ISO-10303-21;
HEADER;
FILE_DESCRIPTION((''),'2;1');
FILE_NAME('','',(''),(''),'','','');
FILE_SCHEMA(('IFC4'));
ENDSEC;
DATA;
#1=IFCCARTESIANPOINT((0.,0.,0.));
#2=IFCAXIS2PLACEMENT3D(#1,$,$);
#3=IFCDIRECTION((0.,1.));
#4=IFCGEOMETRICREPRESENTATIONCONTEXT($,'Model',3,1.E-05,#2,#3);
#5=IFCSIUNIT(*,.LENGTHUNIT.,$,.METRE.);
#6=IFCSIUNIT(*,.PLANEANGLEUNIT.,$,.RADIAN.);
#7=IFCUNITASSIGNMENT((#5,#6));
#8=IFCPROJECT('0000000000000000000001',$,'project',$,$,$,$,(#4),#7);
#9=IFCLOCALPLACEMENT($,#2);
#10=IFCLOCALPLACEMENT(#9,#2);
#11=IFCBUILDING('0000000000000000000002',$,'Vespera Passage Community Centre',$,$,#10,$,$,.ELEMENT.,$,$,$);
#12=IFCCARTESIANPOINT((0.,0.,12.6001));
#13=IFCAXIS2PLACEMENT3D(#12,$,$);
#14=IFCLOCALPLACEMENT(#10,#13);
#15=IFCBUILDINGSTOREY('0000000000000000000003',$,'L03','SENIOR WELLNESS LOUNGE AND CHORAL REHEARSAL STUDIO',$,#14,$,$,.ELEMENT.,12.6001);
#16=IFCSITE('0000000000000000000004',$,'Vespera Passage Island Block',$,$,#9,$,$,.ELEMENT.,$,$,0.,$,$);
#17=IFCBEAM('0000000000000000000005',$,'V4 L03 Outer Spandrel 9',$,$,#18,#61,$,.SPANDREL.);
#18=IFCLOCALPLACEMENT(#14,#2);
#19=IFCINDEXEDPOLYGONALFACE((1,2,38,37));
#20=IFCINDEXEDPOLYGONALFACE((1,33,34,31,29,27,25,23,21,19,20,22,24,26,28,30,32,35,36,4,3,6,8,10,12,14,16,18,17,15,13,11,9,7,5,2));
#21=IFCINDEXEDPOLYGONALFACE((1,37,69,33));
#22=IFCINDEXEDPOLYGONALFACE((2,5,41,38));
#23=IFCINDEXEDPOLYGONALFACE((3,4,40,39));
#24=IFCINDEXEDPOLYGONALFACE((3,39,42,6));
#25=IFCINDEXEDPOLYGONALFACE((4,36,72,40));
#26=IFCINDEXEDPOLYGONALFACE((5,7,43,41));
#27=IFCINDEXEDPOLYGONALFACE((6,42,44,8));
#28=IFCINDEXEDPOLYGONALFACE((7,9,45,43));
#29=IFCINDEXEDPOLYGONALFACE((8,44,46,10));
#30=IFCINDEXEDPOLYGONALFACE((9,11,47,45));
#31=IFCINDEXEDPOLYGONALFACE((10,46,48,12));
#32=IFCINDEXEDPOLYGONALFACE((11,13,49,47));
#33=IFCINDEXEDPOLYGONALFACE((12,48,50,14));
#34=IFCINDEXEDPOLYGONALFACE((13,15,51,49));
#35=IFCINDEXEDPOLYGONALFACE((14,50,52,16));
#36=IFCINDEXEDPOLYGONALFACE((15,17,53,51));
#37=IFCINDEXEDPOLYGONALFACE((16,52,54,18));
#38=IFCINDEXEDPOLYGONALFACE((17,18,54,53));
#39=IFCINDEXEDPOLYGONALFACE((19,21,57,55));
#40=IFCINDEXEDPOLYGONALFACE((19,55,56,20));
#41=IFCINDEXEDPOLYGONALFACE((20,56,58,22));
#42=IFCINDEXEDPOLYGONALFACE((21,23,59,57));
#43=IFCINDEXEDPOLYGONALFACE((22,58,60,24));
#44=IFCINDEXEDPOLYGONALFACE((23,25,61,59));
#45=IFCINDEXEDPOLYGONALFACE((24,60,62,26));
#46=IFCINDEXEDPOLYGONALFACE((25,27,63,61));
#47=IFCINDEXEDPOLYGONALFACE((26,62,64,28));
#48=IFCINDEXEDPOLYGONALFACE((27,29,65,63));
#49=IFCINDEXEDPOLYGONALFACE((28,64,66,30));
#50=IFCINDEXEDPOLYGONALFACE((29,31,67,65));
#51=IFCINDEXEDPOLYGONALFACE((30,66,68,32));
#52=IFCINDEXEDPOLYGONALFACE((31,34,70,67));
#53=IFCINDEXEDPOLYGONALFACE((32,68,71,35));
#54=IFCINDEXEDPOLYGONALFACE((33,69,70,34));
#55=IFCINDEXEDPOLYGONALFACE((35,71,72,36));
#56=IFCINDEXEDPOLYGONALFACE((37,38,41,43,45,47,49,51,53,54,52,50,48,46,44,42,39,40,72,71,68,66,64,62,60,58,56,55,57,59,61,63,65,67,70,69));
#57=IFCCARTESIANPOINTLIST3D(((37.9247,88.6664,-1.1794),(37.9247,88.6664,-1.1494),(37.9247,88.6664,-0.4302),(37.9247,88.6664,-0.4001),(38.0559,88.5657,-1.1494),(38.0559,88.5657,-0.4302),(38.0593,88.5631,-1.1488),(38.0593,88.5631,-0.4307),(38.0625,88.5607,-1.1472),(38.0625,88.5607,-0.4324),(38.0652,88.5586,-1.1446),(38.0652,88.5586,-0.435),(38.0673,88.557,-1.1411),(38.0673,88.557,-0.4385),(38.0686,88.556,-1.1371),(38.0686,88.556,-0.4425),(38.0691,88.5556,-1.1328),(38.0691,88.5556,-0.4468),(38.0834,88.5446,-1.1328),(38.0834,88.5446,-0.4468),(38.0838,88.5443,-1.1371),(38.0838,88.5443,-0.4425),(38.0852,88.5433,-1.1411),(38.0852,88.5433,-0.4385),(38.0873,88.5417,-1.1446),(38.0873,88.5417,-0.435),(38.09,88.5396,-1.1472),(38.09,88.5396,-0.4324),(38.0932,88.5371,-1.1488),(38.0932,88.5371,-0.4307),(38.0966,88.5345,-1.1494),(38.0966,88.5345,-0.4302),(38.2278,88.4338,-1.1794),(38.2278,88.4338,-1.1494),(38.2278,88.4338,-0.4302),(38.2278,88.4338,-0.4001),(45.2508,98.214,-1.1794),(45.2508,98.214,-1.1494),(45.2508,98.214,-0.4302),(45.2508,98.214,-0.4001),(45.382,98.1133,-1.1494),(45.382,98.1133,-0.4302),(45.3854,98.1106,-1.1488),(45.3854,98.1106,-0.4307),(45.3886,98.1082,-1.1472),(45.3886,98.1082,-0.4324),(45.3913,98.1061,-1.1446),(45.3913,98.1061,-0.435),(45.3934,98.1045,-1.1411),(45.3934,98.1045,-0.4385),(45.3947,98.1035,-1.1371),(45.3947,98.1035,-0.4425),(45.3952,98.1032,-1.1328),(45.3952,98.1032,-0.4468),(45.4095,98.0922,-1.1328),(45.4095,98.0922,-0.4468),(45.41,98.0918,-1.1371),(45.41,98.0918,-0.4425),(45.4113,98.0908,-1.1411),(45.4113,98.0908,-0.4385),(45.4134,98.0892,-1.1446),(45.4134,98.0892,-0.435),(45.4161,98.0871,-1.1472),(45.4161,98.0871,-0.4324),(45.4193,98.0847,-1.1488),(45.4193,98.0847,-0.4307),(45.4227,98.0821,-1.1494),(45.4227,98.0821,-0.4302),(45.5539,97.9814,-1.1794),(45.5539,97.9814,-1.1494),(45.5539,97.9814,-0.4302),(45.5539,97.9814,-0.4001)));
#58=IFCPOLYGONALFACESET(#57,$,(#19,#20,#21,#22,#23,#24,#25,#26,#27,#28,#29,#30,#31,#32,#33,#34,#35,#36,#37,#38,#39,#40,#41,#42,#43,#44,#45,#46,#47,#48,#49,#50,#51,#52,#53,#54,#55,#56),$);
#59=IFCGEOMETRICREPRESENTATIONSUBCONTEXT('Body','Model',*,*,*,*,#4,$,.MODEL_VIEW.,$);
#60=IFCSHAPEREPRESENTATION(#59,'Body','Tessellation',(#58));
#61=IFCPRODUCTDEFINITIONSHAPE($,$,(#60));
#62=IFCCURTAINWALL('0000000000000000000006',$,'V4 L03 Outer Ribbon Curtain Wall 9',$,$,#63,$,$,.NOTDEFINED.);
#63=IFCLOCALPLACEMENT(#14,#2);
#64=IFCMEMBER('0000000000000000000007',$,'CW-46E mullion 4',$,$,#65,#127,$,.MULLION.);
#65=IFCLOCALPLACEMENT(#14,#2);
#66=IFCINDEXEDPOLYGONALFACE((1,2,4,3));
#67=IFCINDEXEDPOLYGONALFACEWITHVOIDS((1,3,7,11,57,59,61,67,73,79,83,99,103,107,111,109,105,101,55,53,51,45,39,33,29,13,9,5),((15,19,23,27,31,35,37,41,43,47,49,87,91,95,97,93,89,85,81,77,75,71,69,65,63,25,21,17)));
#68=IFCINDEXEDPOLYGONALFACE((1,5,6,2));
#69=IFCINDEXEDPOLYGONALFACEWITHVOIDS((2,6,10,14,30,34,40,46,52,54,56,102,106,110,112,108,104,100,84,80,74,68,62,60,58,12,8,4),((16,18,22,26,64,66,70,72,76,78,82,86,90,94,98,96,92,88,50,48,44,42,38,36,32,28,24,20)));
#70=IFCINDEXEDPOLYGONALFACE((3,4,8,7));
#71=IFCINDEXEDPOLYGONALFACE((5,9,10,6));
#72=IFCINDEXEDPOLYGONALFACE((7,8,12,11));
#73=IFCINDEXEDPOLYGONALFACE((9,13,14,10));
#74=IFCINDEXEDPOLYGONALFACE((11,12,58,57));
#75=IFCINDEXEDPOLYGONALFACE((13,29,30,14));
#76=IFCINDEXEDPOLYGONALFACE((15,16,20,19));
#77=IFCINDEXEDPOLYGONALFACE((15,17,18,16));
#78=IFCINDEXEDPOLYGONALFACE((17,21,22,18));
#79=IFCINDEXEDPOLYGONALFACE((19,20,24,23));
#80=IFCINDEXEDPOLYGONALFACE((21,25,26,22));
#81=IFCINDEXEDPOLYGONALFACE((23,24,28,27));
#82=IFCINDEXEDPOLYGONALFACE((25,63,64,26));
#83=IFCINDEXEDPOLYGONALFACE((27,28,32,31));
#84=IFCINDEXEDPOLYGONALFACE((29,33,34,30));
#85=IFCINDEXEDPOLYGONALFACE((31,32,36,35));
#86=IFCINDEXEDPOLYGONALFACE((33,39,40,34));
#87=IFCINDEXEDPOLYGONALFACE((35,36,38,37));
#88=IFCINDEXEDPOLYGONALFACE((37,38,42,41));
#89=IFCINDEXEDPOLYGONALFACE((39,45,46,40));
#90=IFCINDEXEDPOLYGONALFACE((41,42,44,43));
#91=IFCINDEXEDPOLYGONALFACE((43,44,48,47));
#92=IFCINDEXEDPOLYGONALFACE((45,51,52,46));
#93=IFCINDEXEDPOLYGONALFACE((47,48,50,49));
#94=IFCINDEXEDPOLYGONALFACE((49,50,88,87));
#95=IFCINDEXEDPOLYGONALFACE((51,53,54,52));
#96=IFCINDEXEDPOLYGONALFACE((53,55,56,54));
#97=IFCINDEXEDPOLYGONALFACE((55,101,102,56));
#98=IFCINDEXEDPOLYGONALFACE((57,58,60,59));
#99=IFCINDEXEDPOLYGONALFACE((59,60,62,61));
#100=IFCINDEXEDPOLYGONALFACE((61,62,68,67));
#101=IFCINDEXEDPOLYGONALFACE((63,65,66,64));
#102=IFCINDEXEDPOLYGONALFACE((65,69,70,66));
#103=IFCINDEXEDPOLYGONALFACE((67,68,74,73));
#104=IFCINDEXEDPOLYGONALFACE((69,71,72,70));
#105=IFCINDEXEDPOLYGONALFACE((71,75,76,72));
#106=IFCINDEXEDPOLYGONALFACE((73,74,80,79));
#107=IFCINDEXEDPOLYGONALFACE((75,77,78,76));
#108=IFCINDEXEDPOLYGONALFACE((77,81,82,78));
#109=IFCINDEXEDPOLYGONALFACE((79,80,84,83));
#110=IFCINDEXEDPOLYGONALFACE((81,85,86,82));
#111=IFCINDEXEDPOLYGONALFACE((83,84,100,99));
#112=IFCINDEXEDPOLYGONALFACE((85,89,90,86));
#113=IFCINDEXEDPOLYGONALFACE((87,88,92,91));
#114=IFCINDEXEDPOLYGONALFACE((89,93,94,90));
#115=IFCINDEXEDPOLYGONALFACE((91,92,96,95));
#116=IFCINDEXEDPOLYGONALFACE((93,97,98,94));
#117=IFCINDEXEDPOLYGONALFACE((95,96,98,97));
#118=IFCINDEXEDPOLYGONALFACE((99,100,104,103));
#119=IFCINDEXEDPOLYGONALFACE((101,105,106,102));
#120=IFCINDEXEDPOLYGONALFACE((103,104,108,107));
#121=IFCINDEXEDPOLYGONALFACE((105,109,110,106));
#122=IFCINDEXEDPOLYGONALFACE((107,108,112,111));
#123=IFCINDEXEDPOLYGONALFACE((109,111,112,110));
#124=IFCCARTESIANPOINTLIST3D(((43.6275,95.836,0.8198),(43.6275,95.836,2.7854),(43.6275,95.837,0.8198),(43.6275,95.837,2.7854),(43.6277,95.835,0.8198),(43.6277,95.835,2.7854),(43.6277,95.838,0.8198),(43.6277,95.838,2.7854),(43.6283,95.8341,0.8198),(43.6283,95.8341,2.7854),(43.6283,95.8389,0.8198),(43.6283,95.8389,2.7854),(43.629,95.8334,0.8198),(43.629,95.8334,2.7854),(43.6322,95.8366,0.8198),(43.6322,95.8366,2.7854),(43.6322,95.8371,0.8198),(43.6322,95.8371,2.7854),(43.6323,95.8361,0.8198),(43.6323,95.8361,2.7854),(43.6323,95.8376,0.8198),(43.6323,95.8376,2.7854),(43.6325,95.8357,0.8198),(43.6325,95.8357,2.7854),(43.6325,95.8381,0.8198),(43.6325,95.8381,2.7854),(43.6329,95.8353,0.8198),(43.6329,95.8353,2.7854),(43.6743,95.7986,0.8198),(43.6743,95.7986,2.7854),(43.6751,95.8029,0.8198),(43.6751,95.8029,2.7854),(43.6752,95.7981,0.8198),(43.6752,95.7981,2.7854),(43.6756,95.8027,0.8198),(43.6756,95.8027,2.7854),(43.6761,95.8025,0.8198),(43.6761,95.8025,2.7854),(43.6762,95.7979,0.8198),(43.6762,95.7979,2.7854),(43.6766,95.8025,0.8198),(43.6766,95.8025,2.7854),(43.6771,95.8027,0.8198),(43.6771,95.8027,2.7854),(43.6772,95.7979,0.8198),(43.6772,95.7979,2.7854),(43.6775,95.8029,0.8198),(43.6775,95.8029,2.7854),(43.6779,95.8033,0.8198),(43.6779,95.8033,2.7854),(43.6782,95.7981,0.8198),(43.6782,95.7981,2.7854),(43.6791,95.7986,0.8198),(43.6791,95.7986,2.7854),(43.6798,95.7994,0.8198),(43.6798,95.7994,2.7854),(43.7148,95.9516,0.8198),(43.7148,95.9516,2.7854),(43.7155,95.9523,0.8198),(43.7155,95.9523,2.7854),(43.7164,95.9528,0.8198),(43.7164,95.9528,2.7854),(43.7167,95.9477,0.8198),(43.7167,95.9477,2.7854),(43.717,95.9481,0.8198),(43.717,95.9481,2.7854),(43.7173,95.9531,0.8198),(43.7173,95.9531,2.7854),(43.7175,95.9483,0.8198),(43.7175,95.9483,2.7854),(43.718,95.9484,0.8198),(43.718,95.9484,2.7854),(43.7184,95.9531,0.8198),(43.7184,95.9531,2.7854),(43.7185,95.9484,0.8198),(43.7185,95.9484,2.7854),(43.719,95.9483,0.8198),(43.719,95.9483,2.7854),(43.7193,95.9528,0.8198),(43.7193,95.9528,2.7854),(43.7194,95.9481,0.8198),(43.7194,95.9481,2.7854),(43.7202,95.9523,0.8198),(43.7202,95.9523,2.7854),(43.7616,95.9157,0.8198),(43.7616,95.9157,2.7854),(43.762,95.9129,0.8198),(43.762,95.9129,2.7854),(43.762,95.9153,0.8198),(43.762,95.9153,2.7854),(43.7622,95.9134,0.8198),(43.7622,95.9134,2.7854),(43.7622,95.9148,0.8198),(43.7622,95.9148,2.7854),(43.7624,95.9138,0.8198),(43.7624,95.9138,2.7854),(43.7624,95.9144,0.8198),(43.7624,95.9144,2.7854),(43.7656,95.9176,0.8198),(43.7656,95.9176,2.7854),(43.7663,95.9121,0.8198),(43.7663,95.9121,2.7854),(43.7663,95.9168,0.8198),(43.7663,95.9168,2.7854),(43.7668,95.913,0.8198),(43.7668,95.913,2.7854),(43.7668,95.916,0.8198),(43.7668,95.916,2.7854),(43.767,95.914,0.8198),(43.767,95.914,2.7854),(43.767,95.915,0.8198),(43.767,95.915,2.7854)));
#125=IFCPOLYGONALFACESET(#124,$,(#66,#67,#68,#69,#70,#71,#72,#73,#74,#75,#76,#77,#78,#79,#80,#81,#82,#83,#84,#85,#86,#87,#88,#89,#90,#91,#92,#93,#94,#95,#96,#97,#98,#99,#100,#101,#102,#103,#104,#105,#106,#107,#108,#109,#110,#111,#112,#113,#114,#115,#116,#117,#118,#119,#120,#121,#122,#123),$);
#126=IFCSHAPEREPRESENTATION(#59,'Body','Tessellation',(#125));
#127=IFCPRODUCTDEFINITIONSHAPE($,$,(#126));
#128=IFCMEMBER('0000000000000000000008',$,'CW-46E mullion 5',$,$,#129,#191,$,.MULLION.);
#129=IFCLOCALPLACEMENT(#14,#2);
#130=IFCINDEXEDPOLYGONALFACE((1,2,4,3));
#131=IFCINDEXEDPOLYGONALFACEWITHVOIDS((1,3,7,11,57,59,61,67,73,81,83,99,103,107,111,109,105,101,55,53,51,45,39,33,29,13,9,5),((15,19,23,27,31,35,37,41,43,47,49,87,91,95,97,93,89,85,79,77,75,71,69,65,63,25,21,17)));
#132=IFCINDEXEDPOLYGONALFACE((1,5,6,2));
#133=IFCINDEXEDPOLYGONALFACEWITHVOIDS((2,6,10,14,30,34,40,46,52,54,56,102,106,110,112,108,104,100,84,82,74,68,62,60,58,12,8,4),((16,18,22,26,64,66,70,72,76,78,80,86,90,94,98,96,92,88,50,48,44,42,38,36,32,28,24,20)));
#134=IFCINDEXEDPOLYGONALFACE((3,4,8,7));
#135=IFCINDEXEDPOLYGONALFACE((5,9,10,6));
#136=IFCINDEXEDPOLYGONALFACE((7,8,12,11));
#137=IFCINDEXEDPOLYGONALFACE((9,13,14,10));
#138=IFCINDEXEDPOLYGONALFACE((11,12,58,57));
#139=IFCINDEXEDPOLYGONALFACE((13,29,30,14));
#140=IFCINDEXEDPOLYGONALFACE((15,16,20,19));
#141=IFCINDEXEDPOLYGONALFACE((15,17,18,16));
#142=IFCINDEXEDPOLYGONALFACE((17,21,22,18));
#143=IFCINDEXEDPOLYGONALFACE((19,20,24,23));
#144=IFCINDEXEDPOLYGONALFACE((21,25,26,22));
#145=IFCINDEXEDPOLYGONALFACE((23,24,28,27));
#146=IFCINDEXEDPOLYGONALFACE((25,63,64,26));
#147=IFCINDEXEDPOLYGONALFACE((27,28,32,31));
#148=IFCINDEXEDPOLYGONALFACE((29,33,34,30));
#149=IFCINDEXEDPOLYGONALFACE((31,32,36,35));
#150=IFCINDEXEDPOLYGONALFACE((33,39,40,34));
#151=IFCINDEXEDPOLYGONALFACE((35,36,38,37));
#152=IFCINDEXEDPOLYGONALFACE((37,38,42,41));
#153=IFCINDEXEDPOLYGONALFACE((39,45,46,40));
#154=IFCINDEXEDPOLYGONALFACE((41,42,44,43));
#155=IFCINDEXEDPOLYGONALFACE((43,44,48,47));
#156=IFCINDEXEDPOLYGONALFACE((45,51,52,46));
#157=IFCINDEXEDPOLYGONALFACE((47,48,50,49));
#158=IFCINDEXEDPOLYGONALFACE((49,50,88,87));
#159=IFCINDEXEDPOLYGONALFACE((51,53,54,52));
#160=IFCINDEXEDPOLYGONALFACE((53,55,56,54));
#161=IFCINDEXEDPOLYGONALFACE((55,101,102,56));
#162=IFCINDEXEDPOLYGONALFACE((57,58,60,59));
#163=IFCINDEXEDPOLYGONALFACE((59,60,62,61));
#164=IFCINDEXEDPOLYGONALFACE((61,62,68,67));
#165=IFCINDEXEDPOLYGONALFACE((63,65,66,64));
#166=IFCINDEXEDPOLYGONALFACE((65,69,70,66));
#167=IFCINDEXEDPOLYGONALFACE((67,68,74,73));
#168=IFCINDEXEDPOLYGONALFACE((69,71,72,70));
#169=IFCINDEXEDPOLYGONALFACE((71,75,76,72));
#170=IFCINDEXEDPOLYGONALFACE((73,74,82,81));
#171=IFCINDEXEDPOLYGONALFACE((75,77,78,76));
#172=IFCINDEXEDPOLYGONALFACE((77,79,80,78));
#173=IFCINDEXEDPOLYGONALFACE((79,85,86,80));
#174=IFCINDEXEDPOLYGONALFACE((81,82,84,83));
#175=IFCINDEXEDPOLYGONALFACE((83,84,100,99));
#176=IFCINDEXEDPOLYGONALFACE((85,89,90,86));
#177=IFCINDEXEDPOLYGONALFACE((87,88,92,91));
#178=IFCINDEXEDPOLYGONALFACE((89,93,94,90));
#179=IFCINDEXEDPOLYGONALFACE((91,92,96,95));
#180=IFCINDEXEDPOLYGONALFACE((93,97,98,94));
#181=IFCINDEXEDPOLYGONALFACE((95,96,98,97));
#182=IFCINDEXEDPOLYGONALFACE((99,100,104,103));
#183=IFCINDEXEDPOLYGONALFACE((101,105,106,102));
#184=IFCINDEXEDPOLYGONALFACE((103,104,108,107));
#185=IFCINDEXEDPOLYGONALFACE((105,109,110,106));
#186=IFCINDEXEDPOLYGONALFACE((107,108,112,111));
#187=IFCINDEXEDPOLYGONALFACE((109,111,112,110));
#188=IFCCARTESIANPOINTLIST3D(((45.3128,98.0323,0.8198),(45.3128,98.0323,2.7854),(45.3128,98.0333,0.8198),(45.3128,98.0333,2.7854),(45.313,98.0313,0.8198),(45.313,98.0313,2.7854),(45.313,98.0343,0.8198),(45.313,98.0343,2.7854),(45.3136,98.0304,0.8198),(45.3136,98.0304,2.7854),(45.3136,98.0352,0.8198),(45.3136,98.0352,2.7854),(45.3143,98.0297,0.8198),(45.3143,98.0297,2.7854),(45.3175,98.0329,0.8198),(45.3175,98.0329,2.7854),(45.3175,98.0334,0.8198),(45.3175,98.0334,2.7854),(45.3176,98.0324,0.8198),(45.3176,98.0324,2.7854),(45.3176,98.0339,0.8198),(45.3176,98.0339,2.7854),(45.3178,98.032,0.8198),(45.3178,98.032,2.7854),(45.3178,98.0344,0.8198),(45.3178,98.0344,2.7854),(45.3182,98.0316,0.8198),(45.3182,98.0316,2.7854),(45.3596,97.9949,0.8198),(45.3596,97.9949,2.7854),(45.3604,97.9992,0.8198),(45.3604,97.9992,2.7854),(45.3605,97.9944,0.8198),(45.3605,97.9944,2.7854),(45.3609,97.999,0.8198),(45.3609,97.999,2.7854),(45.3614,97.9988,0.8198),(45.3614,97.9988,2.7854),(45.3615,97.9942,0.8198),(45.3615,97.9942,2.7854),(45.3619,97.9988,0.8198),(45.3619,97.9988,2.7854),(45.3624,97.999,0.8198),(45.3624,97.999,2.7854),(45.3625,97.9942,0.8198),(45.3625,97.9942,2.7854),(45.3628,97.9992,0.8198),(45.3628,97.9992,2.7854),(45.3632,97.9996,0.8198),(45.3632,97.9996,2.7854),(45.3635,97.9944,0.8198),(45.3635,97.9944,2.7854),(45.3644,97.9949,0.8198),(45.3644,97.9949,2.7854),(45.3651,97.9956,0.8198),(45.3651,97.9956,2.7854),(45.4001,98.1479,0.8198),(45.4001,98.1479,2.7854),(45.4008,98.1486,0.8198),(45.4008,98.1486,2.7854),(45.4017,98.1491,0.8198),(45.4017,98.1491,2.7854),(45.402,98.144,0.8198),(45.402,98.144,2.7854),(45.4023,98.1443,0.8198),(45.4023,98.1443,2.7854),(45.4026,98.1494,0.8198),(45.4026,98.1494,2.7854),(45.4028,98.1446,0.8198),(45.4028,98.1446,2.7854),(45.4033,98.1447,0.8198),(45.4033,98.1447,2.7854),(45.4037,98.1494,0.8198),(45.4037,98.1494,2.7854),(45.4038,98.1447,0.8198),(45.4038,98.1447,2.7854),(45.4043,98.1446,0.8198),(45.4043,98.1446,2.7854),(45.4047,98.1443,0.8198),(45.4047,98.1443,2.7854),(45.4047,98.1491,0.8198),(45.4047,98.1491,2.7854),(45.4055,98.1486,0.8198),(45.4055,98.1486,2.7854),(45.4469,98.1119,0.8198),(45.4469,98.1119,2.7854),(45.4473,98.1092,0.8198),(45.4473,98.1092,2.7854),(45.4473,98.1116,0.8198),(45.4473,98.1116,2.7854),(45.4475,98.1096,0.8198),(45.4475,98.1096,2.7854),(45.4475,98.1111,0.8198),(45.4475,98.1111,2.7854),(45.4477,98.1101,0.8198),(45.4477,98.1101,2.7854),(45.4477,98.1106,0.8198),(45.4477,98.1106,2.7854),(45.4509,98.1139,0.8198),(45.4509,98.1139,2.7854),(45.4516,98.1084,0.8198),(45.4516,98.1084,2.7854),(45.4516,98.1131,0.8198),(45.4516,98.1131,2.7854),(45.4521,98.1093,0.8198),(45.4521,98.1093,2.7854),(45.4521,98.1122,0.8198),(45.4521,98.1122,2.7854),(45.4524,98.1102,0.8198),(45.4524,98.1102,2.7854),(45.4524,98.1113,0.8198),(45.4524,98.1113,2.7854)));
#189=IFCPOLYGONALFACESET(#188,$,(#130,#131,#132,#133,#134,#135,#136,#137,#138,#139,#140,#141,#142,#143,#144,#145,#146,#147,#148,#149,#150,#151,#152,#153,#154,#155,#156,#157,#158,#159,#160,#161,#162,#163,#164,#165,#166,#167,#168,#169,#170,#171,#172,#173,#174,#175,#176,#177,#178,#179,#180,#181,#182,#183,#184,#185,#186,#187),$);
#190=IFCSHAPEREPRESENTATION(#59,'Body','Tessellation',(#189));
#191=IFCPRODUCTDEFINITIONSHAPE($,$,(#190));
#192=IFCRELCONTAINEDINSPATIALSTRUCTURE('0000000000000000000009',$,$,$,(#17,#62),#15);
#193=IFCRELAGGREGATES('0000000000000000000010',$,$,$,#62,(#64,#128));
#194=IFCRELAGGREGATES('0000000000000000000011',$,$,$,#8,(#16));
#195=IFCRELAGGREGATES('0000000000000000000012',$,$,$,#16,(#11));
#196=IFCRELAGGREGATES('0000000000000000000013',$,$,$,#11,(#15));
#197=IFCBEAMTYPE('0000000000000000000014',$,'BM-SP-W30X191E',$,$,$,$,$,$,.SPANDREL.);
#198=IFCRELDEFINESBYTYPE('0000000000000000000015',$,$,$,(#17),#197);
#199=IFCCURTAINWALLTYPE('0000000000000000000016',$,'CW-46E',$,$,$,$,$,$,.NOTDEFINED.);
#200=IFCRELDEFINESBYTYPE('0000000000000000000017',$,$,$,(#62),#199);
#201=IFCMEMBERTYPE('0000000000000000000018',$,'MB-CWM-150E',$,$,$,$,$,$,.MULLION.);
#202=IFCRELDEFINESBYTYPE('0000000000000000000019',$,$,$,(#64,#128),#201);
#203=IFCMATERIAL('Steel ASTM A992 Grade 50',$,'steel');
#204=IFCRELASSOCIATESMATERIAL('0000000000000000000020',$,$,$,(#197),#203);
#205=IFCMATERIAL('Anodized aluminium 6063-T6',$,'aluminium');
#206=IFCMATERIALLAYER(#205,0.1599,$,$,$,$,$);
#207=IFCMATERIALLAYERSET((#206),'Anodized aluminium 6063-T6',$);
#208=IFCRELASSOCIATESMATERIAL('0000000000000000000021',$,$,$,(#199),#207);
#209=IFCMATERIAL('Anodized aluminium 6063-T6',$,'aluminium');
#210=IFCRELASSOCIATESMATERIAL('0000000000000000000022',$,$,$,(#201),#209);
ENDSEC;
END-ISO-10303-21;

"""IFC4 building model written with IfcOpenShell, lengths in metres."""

from ifc_helpers import new_model, si_unit, direction, frame, origin, origin_2d, place, context, subcontext, project, spatial, hollow_rectangle, i_section, extrude, material, layer, layer_set, material_profile, profile_set, type_object, element, aggregate, save


model = new_model("IFC4")

# Units and contexts
model_context = context("Model", 3, precision=1e-05, world=origin(), true_north=direction((0.0, 1.0)))
body_context = subcontext(model_context, "Body", "Model", "MODEL_VIEW")
ifc_project = project(units=[si_unit("LENGTHUNIT", "METRE"), si_unit("PLANEANGLEUNIT", "RADIAN")], contexts=[model_context])

# Site, building, storey
site_placement = place(None, origin())
site = spatial("IfcSite", under=ifc_project, at=site_placement, Name="Vespera Passage Island Block", CompositionType="ELEMENT", RefElevation=0.0)
building_placement = place(site_placement, origin())
building = spatial("IfcBuilding", under=site, at=building_placement, Name="Vespera Passage Community Centre", CompositionType="ELEMENT")
storey_placement = place(building_placement, frame((0.0, 0.0, 12.6001)))
storey = spatial("IfcBuildingStorey", under=building, at=storey_placement, Name="L03", Description="SENIOR WELLNESS LOUNGE AND CHORAL REHEARSAL STUDIO", CompositionType="ELEMENT", Elevation=12.6001)

# Beam
ifc_material_1 = material(Name="Steel ASTM A992 Grade 50", Category="steel")
ifc_material_profile_1 = material_profile(ifc_material_1, i_section(OverallWidth=0.3821, OverallDepth=0.7793, WebThickness=0.0181, FlangeThickness=0.03, FilletRadius=0.0166, at=origin_2d()), Name="W30X191")
ifc_profile_set_1 = profile_set([ifc_material_profile_1], Name="Steel ASTM A992 Grade 50")
beam_type = type_object("IfcBeamType", Name="BM-SP-W30X191E", PredefinedType="SPANDREL", material=ifc_profile_set_1)
beam_placement = place(storey_placement, frame((45.4023, 98.0977, -0.7898), z_axis=(-0.608763, -0.793352, 0.0), x_axis=(0.793352, -0.608763, 0.0)))
element("IfcBeam", 1, at=beam_placement, inside=storey, type_object=beam_type, Name="V4 L03 Outer Spandrel 9", PredefinedType="SPANDREL", context=body_context, shape_type="SweptSolid", body=[
    extrude(i_section(OverallWidth=0.3821, OverallDepth=0.7793, WebThickness=0.0181, FlangeThickness=0.03, FilletRadius=0.0166, at=origin_2d()), origin(), (0.0, 0.0, 1.0), 12.0344),
])

# Curtain wall, members
ifc_material_2 = material(Name="Anodized aluminium 6063-T6", Category="aluminium")
ifc_layer_1 = layer(ifc_material_2, 0.1599)
ifc_layer_set_1 = layer_set([ifc_layer_1], Name="Anodized aluminium 6063-T6")
curtain_wall_type_1 = type_object("IfcCurtainWallType", Name="CW-46E", PredefinedType="NOTDEFINED", material=ifc_layer_set_1)
curtain_wall_1_placement = place(storey_placement, origin())
curtain_wall_1 = element("IfcCurtainWall", 2, at=curtain_wall_1_placement, inside=storey, type_object=curtain_wall_type_1, Name="V4 L03 Outer Ribbon Curtain Wall 9", PredefinedType="NOTDEFINED")
ifc_material_3 = material(Name="Anodized aluminium 6063-T6", Category="aluminium")
ifc_material_profile_2 = material_profile(ifc_material_3, hollow_rectangle(XDim=0.0649, YDim=0.1499, WallThickness=0.0039, InnerFilletRadius=0.002, OuterFilletRadius=0.0039, at=origin_2d()), Name="ALU150X65X4")
ifc_profile_set_2 = profile_set([ifc_material_profile_2], Name="Anodized aluminium 6063-T6")
member_type_1 = type_object("IfcMemberType", Name="MB-CWM-150E", PredefinedType="MULLION", material=ifc_profile_set_2)
member_1_placement = place(storey_placement, frame((43.6973, 95.8755, 0.8198), z_axis=(0.0, 0.0, 1.0), x_axis=(-0.79335, 0.608765, 0.0)))
member_1 = element("IfcMember", 3, at=member_1_placement, type_object=member_type_1, Name="CW-46E mullion 4", PredefinedType="MULLION", context=body_context, shape_type="SweptSolid", body=[
    extrude(hollow_rectangle(XDim=0.0649, YDim=0.1499, WallThickness=0.0039, InnerFilletRadius=0.002, OuterFilletRadius=0.0039, at=origin_2d()), origin(), (0.0, 0.0, 1.0), 1.9656),
])
member_2_placement = place(storey_placement, frame((45.3826, 98.0718, 0.8198), z_axis=(0.0, 0.0, 1.0), x_axis=(-0.79335, 0.608765, 0.0)))
member_2 = element("IfcMember", 4, at=member_2_placement, type_object=member_type_1, Name="CW-46E mullion 5", PredefinedType="MULLION", context=body_context, shape_type="SweptSolid", body=[
    extrude(hollow_rectangle(XDim=0.0649, YDim=0.1499, WallThickness=0.0039, InnerFilletRadius=0.002, OuterFilletRadius=0.0039, at=origin_2d()), origin(), (0.0, 0.0, 1.0), 1.9656),
])

aggregate(curtain_wall_1, [member_1, member_2])

save(model, "model.ifc")
